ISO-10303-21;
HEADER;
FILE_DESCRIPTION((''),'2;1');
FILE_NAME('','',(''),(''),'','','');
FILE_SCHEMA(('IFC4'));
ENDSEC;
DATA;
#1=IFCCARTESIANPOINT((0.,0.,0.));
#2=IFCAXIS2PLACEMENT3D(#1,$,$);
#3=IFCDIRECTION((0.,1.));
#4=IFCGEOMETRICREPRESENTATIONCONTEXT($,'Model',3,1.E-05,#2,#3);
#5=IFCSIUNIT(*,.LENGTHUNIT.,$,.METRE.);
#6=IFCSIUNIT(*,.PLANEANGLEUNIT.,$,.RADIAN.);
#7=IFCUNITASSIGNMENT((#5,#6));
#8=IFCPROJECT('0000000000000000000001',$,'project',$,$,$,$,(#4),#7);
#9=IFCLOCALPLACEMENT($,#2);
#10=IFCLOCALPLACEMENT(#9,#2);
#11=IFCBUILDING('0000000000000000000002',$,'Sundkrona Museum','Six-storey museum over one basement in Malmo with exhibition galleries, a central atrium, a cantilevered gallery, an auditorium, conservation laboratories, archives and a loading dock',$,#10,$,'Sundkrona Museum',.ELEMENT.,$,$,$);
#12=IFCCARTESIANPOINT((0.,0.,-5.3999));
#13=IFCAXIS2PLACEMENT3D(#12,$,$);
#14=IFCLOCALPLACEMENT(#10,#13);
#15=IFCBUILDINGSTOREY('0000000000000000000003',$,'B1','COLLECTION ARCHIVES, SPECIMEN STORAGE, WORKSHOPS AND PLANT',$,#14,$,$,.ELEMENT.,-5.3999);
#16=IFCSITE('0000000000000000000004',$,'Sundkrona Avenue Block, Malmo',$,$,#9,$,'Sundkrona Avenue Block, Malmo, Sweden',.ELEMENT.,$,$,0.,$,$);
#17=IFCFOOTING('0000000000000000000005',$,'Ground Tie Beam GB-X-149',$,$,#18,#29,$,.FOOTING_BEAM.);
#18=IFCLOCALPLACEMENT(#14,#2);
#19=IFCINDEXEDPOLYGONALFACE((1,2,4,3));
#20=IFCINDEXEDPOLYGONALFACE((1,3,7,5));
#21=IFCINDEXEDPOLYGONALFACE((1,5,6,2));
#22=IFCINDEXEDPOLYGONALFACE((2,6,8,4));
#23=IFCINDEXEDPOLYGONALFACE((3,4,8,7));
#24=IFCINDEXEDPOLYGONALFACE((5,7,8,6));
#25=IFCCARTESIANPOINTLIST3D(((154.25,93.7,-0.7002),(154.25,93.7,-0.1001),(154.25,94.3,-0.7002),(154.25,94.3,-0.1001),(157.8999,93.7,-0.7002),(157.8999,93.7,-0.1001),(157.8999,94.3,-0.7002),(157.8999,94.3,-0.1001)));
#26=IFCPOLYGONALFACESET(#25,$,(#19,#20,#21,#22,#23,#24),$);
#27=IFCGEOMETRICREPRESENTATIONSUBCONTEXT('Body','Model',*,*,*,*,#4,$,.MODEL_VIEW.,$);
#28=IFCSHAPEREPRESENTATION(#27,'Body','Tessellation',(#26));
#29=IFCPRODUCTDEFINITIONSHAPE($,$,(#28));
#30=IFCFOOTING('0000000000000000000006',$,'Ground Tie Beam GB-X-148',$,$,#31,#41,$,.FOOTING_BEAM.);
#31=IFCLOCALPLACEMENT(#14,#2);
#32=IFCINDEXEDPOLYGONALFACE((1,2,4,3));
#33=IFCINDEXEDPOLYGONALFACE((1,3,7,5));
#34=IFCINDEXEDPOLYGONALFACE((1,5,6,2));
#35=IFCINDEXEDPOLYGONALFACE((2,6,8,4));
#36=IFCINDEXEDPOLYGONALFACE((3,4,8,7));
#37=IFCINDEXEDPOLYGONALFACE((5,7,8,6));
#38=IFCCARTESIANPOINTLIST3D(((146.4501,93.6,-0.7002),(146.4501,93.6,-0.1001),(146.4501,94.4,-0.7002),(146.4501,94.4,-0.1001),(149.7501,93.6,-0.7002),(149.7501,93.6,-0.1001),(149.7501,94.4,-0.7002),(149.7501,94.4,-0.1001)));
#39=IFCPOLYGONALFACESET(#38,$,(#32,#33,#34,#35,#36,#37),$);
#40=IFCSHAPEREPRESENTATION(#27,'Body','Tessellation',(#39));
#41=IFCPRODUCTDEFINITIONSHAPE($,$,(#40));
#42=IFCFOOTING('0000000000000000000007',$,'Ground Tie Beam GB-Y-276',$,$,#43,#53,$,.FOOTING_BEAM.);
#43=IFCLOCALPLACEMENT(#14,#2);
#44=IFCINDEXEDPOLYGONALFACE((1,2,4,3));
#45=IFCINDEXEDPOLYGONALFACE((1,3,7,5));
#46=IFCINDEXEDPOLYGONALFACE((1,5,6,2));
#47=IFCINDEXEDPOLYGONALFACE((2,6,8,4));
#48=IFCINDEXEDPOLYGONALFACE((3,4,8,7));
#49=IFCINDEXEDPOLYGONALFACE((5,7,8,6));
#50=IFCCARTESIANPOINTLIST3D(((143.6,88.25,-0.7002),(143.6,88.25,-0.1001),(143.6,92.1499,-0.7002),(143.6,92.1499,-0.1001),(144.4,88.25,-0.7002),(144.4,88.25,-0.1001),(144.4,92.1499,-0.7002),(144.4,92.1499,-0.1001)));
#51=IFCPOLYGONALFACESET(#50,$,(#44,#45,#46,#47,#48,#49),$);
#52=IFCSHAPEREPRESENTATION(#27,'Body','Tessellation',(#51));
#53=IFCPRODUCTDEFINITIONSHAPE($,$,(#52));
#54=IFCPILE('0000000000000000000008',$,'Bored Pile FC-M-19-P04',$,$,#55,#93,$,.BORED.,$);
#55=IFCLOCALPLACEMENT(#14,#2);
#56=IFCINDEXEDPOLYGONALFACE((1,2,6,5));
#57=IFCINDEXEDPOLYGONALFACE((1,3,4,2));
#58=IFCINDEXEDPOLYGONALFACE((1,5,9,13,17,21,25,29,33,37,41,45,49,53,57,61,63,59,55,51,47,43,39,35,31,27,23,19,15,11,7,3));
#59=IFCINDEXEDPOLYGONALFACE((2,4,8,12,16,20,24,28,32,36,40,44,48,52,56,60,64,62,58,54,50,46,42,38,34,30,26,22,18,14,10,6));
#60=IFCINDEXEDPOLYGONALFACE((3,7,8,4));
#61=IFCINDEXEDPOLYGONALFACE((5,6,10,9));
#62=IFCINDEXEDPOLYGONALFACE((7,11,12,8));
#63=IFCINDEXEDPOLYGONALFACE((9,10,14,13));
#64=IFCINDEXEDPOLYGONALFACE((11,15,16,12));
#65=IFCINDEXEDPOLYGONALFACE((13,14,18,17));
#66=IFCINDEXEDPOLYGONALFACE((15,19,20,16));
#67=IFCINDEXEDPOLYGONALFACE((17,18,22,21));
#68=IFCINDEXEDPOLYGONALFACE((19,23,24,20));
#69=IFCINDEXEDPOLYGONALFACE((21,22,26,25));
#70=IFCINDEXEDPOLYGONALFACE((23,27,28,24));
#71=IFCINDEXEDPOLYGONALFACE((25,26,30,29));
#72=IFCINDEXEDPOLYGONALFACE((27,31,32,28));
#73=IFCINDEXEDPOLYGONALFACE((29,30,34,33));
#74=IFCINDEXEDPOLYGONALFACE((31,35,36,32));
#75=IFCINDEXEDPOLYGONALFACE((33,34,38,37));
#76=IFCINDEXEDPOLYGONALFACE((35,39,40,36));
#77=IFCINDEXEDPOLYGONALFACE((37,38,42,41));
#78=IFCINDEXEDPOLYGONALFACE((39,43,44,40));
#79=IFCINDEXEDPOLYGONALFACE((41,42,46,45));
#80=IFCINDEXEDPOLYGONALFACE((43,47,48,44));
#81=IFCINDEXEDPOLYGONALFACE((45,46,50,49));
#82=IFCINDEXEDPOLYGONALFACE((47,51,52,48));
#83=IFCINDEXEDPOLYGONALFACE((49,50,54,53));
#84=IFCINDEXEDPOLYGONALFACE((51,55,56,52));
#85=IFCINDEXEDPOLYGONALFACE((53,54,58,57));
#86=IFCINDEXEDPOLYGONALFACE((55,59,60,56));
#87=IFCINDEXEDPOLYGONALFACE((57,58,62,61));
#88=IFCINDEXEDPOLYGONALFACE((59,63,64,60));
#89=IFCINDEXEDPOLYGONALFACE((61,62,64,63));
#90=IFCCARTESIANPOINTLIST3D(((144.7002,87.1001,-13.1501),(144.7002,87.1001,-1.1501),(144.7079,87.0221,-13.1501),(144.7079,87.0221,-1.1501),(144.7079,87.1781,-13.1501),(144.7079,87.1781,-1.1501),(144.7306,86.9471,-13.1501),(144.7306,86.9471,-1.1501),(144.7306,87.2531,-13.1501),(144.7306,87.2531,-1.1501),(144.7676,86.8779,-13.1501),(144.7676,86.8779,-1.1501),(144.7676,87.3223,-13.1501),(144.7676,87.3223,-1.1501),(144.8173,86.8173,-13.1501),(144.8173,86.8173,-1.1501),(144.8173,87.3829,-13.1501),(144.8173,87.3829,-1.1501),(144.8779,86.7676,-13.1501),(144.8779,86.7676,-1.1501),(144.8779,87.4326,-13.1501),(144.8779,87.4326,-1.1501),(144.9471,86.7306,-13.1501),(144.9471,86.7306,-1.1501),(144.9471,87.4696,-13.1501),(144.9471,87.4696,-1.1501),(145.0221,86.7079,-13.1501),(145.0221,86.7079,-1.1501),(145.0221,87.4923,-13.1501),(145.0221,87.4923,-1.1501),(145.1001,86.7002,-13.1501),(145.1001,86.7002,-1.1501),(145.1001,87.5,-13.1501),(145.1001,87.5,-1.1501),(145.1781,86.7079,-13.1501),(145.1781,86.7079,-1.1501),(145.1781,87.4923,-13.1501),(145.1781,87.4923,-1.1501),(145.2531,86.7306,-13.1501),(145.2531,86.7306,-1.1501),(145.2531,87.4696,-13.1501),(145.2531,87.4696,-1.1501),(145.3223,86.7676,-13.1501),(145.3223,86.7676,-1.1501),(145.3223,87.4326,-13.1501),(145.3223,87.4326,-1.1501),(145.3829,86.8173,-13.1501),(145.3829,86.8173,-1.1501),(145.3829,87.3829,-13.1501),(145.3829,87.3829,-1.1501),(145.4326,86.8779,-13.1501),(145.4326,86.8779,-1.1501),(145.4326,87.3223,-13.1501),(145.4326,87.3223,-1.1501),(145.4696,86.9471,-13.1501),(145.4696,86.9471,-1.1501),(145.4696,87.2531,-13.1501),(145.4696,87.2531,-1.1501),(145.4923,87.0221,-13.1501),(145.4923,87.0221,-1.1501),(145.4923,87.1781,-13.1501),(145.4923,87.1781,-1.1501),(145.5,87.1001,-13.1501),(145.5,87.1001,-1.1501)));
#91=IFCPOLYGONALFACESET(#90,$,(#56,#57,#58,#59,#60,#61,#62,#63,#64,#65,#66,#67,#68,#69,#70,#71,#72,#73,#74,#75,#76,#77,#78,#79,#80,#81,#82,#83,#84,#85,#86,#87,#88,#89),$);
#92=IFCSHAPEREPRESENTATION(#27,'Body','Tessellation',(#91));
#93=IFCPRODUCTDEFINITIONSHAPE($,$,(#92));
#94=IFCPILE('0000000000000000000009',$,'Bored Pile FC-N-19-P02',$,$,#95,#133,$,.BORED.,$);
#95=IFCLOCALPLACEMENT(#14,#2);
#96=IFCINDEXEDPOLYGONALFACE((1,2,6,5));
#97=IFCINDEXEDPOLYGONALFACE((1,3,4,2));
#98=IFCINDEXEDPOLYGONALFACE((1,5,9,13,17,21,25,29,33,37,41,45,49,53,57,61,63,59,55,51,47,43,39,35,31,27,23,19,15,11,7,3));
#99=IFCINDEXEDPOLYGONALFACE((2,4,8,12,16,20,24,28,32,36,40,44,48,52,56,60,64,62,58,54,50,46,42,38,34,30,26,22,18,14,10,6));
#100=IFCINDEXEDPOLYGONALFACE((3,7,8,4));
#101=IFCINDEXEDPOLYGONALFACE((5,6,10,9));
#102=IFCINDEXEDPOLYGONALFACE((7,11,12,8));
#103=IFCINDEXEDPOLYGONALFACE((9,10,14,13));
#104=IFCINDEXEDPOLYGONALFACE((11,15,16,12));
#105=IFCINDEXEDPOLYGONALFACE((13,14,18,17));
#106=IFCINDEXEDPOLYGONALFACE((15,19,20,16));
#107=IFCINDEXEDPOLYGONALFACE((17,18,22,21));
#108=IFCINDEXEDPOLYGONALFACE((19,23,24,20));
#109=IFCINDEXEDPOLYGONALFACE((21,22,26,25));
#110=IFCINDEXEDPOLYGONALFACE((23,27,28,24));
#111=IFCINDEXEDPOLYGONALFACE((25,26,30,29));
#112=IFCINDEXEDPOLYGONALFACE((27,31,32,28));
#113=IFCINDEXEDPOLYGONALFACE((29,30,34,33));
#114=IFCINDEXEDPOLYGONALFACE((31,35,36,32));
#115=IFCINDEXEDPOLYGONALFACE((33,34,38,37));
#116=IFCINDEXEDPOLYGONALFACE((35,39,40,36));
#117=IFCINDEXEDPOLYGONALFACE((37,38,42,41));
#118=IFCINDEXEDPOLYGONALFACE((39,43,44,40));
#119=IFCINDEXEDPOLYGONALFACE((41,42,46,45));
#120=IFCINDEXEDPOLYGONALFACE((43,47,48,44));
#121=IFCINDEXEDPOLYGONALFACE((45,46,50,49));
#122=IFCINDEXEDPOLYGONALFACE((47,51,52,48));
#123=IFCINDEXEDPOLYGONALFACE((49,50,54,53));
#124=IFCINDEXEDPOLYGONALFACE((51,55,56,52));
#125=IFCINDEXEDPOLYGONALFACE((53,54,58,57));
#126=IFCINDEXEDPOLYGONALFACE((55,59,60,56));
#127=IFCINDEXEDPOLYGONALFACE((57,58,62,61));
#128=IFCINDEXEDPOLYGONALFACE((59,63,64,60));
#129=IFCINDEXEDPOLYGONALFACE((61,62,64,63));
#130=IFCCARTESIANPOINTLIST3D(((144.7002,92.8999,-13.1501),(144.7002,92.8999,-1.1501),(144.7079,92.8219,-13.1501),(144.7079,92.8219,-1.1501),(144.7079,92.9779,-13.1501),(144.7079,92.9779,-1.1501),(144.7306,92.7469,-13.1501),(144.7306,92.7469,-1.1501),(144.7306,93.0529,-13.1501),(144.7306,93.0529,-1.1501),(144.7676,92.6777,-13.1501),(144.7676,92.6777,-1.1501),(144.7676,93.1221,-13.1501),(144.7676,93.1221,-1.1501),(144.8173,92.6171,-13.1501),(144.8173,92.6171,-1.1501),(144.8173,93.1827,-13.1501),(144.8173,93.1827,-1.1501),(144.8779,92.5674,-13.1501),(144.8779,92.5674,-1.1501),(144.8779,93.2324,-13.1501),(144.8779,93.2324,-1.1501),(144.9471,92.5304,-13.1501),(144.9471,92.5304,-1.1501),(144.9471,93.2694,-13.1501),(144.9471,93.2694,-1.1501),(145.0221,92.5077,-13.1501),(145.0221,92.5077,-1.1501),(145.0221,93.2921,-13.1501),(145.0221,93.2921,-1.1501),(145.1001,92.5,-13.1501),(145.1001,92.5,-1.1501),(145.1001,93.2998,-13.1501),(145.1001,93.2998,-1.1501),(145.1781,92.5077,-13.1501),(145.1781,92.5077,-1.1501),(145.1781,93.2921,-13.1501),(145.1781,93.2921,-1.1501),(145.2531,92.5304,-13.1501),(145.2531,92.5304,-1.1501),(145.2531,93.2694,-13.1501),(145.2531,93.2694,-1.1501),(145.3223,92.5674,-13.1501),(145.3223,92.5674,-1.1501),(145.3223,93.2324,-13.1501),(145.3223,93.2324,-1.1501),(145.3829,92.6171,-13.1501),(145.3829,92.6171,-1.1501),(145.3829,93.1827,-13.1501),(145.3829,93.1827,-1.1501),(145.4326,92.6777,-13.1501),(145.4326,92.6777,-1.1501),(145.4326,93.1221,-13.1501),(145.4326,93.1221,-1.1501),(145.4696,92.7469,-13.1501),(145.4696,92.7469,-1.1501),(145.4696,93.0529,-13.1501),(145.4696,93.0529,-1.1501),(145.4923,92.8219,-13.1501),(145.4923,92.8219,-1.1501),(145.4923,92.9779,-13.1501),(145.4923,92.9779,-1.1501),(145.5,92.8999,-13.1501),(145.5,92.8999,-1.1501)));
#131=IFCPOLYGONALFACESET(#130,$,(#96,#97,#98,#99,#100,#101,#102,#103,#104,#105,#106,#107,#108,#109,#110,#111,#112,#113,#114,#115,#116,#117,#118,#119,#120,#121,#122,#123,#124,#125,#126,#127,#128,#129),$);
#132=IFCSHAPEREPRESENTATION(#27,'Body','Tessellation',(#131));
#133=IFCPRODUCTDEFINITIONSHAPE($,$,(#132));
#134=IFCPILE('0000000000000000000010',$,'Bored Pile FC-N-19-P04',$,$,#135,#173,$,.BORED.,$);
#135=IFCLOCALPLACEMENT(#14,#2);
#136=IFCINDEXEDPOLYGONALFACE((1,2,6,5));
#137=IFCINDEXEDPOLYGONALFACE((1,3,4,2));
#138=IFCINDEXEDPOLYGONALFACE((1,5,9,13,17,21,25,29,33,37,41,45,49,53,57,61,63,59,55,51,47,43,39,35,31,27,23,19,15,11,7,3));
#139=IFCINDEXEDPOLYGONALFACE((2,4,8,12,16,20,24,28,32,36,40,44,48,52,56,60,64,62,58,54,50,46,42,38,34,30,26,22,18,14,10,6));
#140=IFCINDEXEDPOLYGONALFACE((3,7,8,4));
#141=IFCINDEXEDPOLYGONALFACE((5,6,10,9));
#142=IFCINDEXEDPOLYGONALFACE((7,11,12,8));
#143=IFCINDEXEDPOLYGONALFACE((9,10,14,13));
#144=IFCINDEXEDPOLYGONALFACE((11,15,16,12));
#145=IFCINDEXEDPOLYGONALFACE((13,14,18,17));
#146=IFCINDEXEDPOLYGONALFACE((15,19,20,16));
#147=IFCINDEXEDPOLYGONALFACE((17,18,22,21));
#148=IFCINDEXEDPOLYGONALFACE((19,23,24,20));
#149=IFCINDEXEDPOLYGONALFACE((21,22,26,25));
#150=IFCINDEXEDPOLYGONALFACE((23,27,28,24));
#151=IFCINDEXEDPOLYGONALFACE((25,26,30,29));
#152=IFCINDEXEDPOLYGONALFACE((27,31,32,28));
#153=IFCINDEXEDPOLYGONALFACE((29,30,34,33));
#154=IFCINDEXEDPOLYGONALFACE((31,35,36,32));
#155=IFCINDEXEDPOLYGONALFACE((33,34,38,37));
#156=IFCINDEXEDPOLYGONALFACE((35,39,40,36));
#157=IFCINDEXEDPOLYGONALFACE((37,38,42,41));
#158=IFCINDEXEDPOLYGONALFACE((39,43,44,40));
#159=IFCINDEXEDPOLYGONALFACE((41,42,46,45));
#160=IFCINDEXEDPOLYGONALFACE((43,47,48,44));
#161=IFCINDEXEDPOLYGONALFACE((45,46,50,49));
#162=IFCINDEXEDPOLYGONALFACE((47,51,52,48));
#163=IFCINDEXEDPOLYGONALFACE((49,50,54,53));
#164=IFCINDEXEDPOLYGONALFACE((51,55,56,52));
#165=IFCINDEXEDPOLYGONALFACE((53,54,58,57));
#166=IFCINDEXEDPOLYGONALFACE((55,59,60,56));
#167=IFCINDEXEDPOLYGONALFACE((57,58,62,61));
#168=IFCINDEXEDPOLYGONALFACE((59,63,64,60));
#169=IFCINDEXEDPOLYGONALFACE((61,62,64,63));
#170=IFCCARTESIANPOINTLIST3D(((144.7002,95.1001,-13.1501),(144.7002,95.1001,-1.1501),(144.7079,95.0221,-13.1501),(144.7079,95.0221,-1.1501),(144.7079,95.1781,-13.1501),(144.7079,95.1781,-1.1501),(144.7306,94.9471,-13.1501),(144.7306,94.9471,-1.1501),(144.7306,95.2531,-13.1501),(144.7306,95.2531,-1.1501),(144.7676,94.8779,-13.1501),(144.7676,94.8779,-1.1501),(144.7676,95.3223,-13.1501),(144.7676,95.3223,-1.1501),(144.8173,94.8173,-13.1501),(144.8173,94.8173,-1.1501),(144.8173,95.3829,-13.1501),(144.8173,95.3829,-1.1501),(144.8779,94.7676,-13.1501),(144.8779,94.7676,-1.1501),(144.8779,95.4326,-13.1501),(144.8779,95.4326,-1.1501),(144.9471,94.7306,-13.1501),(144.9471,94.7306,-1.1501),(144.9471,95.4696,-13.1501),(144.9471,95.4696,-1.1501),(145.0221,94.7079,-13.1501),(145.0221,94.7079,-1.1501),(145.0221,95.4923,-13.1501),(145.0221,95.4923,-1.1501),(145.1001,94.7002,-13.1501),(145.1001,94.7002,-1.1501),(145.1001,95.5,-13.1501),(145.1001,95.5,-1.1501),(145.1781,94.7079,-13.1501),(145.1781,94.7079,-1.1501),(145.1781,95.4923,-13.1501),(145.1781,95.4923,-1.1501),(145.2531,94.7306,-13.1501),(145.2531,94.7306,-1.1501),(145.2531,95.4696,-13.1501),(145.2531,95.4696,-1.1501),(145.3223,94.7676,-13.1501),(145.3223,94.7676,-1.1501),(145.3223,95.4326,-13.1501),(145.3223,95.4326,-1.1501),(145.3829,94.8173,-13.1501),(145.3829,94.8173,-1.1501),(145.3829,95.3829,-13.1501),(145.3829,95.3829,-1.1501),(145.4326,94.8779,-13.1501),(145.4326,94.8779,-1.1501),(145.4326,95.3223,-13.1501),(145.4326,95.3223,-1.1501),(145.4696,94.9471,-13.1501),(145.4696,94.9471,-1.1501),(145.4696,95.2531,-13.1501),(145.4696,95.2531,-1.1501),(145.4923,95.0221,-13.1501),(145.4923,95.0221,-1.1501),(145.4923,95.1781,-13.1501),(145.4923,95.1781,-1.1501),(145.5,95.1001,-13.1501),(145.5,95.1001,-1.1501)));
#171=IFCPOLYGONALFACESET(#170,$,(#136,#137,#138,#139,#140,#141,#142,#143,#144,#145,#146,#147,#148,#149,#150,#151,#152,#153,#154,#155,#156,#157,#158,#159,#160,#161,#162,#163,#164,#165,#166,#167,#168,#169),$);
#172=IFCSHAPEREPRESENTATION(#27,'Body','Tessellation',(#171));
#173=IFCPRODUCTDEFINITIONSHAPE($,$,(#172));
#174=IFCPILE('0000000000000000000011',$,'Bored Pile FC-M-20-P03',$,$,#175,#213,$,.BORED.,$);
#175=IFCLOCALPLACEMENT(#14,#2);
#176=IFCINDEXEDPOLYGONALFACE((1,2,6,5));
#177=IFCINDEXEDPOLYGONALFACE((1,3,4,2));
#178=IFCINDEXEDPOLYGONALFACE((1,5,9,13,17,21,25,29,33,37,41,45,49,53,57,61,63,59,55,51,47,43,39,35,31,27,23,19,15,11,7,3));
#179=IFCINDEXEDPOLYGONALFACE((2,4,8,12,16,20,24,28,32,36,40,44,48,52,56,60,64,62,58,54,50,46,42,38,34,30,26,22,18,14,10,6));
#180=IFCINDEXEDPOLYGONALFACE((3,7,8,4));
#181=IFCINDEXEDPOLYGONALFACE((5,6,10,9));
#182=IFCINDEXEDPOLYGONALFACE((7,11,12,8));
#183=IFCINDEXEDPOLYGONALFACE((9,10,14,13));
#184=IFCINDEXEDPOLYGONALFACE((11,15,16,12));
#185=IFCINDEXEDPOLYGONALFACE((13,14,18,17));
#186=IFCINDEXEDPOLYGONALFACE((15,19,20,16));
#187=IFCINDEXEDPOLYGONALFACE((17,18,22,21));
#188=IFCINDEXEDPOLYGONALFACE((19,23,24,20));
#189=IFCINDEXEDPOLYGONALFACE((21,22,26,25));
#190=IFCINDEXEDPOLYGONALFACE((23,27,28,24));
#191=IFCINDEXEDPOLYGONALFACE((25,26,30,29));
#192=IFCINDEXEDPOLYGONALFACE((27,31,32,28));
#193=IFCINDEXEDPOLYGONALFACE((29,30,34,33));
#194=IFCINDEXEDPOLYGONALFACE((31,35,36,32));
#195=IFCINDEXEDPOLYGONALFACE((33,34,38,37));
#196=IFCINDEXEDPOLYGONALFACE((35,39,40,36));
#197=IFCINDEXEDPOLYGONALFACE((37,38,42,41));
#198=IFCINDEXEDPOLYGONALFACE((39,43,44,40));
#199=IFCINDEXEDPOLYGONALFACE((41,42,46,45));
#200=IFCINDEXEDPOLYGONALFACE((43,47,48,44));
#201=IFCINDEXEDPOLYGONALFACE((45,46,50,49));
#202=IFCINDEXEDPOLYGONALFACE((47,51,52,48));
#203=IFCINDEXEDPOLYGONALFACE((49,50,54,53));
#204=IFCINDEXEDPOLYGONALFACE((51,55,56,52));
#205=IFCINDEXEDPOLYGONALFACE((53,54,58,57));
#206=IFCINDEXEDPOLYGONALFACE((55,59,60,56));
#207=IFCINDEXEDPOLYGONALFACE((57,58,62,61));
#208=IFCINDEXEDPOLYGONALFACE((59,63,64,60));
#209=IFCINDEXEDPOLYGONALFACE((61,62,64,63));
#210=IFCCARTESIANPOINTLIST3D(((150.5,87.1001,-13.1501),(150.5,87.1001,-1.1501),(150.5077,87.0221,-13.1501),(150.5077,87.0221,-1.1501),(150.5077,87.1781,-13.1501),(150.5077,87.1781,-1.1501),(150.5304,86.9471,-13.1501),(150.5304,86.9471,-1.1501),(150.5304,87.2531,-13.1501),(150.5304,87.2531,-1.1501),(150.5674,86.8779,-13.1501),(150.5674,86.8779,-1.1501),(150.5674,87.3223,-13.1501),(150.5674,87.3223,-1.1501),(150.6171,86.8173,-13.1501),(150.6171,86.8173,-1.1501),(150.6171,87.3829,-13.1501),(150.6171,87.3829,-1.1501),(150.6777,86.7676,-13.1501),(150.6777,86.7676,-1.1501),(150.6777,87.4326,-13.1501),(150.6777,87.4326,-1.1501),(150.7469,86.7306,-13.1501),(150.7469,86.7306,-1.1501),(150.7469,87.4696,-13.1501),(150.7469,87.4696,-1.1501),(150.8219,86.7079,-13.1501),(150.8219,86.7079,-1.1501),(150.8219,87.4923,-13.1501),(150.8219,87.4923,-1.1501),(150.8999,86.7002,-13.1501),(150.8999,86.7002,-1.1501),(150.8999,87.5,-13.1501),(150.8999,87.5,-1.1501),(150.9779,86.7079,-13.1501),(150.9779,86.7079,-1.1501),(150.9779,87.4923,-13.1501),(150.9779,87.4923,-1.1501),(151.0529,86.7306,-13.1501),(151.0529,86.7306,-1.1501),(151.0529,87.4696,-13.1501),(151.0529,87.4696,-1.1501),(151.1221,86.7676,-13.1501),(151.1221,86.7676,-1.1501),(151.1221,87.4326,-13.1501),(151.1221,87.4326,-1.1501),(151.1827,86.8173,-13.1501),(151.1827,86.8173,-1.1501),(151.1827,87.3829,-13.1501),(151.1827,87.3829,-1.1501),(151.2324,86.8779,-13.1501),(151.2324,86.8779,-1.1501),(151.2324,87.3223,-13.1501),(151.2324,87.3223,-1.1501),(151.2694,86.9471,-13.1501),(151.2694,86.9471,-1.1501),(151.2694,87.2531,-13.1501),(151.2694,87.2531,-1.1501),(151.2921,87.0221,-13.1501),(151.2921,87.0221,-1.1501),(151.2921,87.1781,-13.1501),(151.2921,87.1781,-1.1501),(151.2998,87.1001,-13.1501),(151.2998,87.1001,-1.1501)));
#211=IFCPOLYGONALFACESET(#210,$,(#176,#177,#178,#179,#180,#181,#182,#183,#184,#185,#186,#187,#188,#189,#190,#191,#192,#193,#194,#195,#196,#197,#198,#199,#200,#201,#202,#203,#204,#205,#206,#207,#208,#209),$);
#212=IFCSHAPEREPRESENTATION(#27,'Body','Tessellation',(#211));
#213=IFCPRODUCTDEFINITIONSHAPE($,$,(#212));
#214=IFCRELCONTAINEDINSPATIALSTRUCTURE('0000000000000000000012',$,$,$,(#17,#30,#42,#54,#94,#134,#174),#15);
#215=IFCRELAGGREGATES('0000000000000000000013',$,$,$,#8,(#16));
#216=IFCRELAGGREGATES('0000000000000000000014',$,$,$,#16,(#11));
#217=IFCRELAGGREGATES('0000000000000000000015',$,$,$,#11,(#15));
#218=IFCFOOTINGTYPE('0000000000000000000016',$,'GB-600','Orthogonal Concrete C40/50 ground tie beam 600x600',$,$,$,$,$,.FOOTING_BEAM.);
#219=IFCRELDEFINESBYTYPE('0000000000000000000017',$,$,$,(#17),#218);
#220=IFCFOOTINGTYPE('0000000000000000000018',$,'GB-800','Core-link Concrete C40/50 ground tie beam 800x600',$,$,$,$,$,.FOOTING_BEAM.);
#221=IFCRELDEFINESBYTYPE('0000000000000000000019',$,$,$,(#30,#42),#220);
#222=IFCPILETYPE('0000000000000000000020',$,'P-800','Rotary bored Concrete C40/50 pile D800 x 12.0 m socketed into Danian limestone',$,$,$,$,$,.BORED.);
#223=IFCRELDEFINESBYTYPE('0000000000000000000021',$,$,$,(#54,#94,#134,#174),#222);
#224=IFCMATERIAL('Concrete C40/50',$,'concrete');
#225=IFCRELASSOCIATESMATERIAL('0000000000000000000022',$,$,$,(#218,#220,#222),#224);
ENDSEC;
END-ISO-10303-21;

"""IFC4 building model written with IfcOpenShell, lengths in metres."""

from ifc_helpers import new_model, si_unit, direction, frame, origin, origin_2d, place, context, subcontext, project, spatial, rectangle, circle, extrude, material, material_profile, profile_set, type_object, element, save


model = new_model("IFC4")

# Units and contexts
model_context = context("Model", 3, precision=1e-05, world=origin(), true_north=direction((0.0, 1.0)))
body_context = subcontext(model_context, "Body", "Model", "MODEL_VIEW")
ifc_project = project(units=[si_unit("LENGTHUNIT", "METRE"), si_unit("PLANEANGLEUNIT", "RADIAN")], contexts=[model_context])

# Site, building, storey
site_placement = place(None, origin())
site = spatial("IfcSite", under=ifc_project, at=site_placement, Name="Sundkrona Avenue Block, Malmo", LongName="Sundkrona Avenue Block, Malmo, Sweden", CompositionType="ELEMENT", RefElevation=0.0)
building_placement = place(site_placement, origin())
building = spatial("IfcBuilding", under=site, at=building_placement, Name="Sundkrona Museum", Description="Six-storey museum over one basement in Malmo with exhibition galleries, a central atrium, a cantilevered gallery, an auditorium, conservation laboratories, archives and a loading dock", LongName="Sundkrona Museum", CompositionType="ELEMENT")
storey_placement = place(building_placement, frame((0.0, 0.0, -5.3999)))
storey = spatial("IfcBuildingStorey", under=building, at=storey_placement, Name="B1", Description="COLLECTION ARCHIVES, SPECIMEN STORAGE, WORKSHOPS AND PLANT", CompositionType="ELEMENT", Elevation=-5.3999)

# Footings
ifc_material_1 = material(Name="Concrete C40/50", Category="concrete")
footing_type_1 = type_object("IfcFootingType", Name="GB-600", Description="Orthogonal Concrete C40/50 ground tie beam 600x600", PredefinedType="FOOTING_BEAM", material=ifc_material_1)
footing_1_placement = place(storey_placement, frame((156.075, 94.0, -0.7002), z_axis=(0.0, 0.0, 1.0), x_axis=(1.0, 0.0, 0.0)))
element("IfcFooting", 1, at=footing_1_placement, inside=storey, type_object=footing_type_1, Name="Ground Tie Beam GB-X-149", PredefinedType="FOOTING_BEAM", context=body_context, shape_type="SweptSolid", body=[
    extrude(rectangle(XDim=3.6499, YDim=0.6001, at=origin_2d()), origin(), (0.0, 0.0, 1.0), 0.6001),
])
footing_type_2 = type_object("IfcFootingType", Name="GB-800", Description="Core-link Concrete C40/50 ground tie beam 800x600", PredefinedType="FOOTING_BEAM", material=ifc_material_1)
footing_2_placement = place(storey_placement, frame((148.1001, 94.0, -0.7002), z_axis=(0.0, 0.0, 1.0), x_axis=(1.0, 0.0, 0.0)))
element("IfcFooting", 2, at=footing_2_placement, inside=storey, type_object=footing_type_2, Name="Ground Tie Beam GB-X-148", PredefinedType="FOOTING_BEAM", context=body_context, shape_type="SweptSolid", body=[
    extrude(rectangle(XDim=3.3, YDim=0.8, at=origin_2d()), origin(), (0.0, 0.0, 1.0), 0.6001),
])
footing_3_placement = place(storey_placement, frame((144.0, 90.2, -0.7002), z_axis=(0.0, 0.0, 1.0), x_axis=(0.0, 1.0, 0.0)))
element("IfcFooting", 3, at=footing_3_placement, inside=storey, type_object=footing_type_2, Name="Ground Tie Beam GB-Y-276", PredefinedType="FOOTING_BEAM", context=body_context, shape_type="SweptSolid", body=[
    extrude(rectangle(XDim=3.8999, YDim=0.8, at=origin_2d()), origin(), (0.0, 0.0, 1.0), 0.6001),
])

# Piles
ifc_material_profile_1 = material_profile(ifc_material_1, circle(Radius=0.3999, at=origin_2d()), Name="PILE D800")
ifc_profile_set_1 = profile_set([ifc_material_profile_1], Name="Concrete C40/50")
pile_type = type_object("IfcPileType", Name="P-800", Description="Rotary bored Concrete C40/50 pile D800 x 12.0 m socketed into Danian limestone", PredefinedType="BORED", material=ifc_profile_set_1)
for number, where, z_axis, x_axis, name in (
    (4, (145.1001, 87.1001, -1.1501), (0.0, 0.0, -1.0), (1.0, 0.0, 0.0), "Bored Pile FC-M-19-P04"),
    (5, (145.1001, 92.8999, -1.1501), (0.0, 0.0, -1.0), (1.0, 0.0, 0.0), "Bored Pile FC-N-19-P02"),
    (6, (145.1001, 95.1001, -1.1501), (0.0, 0.0, -1.0), (1.0, 0.0, 0.0), "Bored Pile FC-N-19-P04"),
    (7, (150.8999, 87.1001, -1.1501), (0.0, 0.0, -1.0), (1.0, 0.0, 0.0), "Bored Pile FC-M-20-P03"),
):
    element("IfcPile", number, at=place(storey_placement, frame(where, z_axis=z_axis, x_axis=x_axis)), inside=storey, type_object=pile_type, Name=name, PredefinedType="BORED", context=body_context, shape_type="SweptSolid", body=[
        extrude(circle(Radius=0.3999, at=origin_2d()), origin(), (0.0, 0.0, 1.0), 12.0),
    ])

save(model, "model.ifc")
